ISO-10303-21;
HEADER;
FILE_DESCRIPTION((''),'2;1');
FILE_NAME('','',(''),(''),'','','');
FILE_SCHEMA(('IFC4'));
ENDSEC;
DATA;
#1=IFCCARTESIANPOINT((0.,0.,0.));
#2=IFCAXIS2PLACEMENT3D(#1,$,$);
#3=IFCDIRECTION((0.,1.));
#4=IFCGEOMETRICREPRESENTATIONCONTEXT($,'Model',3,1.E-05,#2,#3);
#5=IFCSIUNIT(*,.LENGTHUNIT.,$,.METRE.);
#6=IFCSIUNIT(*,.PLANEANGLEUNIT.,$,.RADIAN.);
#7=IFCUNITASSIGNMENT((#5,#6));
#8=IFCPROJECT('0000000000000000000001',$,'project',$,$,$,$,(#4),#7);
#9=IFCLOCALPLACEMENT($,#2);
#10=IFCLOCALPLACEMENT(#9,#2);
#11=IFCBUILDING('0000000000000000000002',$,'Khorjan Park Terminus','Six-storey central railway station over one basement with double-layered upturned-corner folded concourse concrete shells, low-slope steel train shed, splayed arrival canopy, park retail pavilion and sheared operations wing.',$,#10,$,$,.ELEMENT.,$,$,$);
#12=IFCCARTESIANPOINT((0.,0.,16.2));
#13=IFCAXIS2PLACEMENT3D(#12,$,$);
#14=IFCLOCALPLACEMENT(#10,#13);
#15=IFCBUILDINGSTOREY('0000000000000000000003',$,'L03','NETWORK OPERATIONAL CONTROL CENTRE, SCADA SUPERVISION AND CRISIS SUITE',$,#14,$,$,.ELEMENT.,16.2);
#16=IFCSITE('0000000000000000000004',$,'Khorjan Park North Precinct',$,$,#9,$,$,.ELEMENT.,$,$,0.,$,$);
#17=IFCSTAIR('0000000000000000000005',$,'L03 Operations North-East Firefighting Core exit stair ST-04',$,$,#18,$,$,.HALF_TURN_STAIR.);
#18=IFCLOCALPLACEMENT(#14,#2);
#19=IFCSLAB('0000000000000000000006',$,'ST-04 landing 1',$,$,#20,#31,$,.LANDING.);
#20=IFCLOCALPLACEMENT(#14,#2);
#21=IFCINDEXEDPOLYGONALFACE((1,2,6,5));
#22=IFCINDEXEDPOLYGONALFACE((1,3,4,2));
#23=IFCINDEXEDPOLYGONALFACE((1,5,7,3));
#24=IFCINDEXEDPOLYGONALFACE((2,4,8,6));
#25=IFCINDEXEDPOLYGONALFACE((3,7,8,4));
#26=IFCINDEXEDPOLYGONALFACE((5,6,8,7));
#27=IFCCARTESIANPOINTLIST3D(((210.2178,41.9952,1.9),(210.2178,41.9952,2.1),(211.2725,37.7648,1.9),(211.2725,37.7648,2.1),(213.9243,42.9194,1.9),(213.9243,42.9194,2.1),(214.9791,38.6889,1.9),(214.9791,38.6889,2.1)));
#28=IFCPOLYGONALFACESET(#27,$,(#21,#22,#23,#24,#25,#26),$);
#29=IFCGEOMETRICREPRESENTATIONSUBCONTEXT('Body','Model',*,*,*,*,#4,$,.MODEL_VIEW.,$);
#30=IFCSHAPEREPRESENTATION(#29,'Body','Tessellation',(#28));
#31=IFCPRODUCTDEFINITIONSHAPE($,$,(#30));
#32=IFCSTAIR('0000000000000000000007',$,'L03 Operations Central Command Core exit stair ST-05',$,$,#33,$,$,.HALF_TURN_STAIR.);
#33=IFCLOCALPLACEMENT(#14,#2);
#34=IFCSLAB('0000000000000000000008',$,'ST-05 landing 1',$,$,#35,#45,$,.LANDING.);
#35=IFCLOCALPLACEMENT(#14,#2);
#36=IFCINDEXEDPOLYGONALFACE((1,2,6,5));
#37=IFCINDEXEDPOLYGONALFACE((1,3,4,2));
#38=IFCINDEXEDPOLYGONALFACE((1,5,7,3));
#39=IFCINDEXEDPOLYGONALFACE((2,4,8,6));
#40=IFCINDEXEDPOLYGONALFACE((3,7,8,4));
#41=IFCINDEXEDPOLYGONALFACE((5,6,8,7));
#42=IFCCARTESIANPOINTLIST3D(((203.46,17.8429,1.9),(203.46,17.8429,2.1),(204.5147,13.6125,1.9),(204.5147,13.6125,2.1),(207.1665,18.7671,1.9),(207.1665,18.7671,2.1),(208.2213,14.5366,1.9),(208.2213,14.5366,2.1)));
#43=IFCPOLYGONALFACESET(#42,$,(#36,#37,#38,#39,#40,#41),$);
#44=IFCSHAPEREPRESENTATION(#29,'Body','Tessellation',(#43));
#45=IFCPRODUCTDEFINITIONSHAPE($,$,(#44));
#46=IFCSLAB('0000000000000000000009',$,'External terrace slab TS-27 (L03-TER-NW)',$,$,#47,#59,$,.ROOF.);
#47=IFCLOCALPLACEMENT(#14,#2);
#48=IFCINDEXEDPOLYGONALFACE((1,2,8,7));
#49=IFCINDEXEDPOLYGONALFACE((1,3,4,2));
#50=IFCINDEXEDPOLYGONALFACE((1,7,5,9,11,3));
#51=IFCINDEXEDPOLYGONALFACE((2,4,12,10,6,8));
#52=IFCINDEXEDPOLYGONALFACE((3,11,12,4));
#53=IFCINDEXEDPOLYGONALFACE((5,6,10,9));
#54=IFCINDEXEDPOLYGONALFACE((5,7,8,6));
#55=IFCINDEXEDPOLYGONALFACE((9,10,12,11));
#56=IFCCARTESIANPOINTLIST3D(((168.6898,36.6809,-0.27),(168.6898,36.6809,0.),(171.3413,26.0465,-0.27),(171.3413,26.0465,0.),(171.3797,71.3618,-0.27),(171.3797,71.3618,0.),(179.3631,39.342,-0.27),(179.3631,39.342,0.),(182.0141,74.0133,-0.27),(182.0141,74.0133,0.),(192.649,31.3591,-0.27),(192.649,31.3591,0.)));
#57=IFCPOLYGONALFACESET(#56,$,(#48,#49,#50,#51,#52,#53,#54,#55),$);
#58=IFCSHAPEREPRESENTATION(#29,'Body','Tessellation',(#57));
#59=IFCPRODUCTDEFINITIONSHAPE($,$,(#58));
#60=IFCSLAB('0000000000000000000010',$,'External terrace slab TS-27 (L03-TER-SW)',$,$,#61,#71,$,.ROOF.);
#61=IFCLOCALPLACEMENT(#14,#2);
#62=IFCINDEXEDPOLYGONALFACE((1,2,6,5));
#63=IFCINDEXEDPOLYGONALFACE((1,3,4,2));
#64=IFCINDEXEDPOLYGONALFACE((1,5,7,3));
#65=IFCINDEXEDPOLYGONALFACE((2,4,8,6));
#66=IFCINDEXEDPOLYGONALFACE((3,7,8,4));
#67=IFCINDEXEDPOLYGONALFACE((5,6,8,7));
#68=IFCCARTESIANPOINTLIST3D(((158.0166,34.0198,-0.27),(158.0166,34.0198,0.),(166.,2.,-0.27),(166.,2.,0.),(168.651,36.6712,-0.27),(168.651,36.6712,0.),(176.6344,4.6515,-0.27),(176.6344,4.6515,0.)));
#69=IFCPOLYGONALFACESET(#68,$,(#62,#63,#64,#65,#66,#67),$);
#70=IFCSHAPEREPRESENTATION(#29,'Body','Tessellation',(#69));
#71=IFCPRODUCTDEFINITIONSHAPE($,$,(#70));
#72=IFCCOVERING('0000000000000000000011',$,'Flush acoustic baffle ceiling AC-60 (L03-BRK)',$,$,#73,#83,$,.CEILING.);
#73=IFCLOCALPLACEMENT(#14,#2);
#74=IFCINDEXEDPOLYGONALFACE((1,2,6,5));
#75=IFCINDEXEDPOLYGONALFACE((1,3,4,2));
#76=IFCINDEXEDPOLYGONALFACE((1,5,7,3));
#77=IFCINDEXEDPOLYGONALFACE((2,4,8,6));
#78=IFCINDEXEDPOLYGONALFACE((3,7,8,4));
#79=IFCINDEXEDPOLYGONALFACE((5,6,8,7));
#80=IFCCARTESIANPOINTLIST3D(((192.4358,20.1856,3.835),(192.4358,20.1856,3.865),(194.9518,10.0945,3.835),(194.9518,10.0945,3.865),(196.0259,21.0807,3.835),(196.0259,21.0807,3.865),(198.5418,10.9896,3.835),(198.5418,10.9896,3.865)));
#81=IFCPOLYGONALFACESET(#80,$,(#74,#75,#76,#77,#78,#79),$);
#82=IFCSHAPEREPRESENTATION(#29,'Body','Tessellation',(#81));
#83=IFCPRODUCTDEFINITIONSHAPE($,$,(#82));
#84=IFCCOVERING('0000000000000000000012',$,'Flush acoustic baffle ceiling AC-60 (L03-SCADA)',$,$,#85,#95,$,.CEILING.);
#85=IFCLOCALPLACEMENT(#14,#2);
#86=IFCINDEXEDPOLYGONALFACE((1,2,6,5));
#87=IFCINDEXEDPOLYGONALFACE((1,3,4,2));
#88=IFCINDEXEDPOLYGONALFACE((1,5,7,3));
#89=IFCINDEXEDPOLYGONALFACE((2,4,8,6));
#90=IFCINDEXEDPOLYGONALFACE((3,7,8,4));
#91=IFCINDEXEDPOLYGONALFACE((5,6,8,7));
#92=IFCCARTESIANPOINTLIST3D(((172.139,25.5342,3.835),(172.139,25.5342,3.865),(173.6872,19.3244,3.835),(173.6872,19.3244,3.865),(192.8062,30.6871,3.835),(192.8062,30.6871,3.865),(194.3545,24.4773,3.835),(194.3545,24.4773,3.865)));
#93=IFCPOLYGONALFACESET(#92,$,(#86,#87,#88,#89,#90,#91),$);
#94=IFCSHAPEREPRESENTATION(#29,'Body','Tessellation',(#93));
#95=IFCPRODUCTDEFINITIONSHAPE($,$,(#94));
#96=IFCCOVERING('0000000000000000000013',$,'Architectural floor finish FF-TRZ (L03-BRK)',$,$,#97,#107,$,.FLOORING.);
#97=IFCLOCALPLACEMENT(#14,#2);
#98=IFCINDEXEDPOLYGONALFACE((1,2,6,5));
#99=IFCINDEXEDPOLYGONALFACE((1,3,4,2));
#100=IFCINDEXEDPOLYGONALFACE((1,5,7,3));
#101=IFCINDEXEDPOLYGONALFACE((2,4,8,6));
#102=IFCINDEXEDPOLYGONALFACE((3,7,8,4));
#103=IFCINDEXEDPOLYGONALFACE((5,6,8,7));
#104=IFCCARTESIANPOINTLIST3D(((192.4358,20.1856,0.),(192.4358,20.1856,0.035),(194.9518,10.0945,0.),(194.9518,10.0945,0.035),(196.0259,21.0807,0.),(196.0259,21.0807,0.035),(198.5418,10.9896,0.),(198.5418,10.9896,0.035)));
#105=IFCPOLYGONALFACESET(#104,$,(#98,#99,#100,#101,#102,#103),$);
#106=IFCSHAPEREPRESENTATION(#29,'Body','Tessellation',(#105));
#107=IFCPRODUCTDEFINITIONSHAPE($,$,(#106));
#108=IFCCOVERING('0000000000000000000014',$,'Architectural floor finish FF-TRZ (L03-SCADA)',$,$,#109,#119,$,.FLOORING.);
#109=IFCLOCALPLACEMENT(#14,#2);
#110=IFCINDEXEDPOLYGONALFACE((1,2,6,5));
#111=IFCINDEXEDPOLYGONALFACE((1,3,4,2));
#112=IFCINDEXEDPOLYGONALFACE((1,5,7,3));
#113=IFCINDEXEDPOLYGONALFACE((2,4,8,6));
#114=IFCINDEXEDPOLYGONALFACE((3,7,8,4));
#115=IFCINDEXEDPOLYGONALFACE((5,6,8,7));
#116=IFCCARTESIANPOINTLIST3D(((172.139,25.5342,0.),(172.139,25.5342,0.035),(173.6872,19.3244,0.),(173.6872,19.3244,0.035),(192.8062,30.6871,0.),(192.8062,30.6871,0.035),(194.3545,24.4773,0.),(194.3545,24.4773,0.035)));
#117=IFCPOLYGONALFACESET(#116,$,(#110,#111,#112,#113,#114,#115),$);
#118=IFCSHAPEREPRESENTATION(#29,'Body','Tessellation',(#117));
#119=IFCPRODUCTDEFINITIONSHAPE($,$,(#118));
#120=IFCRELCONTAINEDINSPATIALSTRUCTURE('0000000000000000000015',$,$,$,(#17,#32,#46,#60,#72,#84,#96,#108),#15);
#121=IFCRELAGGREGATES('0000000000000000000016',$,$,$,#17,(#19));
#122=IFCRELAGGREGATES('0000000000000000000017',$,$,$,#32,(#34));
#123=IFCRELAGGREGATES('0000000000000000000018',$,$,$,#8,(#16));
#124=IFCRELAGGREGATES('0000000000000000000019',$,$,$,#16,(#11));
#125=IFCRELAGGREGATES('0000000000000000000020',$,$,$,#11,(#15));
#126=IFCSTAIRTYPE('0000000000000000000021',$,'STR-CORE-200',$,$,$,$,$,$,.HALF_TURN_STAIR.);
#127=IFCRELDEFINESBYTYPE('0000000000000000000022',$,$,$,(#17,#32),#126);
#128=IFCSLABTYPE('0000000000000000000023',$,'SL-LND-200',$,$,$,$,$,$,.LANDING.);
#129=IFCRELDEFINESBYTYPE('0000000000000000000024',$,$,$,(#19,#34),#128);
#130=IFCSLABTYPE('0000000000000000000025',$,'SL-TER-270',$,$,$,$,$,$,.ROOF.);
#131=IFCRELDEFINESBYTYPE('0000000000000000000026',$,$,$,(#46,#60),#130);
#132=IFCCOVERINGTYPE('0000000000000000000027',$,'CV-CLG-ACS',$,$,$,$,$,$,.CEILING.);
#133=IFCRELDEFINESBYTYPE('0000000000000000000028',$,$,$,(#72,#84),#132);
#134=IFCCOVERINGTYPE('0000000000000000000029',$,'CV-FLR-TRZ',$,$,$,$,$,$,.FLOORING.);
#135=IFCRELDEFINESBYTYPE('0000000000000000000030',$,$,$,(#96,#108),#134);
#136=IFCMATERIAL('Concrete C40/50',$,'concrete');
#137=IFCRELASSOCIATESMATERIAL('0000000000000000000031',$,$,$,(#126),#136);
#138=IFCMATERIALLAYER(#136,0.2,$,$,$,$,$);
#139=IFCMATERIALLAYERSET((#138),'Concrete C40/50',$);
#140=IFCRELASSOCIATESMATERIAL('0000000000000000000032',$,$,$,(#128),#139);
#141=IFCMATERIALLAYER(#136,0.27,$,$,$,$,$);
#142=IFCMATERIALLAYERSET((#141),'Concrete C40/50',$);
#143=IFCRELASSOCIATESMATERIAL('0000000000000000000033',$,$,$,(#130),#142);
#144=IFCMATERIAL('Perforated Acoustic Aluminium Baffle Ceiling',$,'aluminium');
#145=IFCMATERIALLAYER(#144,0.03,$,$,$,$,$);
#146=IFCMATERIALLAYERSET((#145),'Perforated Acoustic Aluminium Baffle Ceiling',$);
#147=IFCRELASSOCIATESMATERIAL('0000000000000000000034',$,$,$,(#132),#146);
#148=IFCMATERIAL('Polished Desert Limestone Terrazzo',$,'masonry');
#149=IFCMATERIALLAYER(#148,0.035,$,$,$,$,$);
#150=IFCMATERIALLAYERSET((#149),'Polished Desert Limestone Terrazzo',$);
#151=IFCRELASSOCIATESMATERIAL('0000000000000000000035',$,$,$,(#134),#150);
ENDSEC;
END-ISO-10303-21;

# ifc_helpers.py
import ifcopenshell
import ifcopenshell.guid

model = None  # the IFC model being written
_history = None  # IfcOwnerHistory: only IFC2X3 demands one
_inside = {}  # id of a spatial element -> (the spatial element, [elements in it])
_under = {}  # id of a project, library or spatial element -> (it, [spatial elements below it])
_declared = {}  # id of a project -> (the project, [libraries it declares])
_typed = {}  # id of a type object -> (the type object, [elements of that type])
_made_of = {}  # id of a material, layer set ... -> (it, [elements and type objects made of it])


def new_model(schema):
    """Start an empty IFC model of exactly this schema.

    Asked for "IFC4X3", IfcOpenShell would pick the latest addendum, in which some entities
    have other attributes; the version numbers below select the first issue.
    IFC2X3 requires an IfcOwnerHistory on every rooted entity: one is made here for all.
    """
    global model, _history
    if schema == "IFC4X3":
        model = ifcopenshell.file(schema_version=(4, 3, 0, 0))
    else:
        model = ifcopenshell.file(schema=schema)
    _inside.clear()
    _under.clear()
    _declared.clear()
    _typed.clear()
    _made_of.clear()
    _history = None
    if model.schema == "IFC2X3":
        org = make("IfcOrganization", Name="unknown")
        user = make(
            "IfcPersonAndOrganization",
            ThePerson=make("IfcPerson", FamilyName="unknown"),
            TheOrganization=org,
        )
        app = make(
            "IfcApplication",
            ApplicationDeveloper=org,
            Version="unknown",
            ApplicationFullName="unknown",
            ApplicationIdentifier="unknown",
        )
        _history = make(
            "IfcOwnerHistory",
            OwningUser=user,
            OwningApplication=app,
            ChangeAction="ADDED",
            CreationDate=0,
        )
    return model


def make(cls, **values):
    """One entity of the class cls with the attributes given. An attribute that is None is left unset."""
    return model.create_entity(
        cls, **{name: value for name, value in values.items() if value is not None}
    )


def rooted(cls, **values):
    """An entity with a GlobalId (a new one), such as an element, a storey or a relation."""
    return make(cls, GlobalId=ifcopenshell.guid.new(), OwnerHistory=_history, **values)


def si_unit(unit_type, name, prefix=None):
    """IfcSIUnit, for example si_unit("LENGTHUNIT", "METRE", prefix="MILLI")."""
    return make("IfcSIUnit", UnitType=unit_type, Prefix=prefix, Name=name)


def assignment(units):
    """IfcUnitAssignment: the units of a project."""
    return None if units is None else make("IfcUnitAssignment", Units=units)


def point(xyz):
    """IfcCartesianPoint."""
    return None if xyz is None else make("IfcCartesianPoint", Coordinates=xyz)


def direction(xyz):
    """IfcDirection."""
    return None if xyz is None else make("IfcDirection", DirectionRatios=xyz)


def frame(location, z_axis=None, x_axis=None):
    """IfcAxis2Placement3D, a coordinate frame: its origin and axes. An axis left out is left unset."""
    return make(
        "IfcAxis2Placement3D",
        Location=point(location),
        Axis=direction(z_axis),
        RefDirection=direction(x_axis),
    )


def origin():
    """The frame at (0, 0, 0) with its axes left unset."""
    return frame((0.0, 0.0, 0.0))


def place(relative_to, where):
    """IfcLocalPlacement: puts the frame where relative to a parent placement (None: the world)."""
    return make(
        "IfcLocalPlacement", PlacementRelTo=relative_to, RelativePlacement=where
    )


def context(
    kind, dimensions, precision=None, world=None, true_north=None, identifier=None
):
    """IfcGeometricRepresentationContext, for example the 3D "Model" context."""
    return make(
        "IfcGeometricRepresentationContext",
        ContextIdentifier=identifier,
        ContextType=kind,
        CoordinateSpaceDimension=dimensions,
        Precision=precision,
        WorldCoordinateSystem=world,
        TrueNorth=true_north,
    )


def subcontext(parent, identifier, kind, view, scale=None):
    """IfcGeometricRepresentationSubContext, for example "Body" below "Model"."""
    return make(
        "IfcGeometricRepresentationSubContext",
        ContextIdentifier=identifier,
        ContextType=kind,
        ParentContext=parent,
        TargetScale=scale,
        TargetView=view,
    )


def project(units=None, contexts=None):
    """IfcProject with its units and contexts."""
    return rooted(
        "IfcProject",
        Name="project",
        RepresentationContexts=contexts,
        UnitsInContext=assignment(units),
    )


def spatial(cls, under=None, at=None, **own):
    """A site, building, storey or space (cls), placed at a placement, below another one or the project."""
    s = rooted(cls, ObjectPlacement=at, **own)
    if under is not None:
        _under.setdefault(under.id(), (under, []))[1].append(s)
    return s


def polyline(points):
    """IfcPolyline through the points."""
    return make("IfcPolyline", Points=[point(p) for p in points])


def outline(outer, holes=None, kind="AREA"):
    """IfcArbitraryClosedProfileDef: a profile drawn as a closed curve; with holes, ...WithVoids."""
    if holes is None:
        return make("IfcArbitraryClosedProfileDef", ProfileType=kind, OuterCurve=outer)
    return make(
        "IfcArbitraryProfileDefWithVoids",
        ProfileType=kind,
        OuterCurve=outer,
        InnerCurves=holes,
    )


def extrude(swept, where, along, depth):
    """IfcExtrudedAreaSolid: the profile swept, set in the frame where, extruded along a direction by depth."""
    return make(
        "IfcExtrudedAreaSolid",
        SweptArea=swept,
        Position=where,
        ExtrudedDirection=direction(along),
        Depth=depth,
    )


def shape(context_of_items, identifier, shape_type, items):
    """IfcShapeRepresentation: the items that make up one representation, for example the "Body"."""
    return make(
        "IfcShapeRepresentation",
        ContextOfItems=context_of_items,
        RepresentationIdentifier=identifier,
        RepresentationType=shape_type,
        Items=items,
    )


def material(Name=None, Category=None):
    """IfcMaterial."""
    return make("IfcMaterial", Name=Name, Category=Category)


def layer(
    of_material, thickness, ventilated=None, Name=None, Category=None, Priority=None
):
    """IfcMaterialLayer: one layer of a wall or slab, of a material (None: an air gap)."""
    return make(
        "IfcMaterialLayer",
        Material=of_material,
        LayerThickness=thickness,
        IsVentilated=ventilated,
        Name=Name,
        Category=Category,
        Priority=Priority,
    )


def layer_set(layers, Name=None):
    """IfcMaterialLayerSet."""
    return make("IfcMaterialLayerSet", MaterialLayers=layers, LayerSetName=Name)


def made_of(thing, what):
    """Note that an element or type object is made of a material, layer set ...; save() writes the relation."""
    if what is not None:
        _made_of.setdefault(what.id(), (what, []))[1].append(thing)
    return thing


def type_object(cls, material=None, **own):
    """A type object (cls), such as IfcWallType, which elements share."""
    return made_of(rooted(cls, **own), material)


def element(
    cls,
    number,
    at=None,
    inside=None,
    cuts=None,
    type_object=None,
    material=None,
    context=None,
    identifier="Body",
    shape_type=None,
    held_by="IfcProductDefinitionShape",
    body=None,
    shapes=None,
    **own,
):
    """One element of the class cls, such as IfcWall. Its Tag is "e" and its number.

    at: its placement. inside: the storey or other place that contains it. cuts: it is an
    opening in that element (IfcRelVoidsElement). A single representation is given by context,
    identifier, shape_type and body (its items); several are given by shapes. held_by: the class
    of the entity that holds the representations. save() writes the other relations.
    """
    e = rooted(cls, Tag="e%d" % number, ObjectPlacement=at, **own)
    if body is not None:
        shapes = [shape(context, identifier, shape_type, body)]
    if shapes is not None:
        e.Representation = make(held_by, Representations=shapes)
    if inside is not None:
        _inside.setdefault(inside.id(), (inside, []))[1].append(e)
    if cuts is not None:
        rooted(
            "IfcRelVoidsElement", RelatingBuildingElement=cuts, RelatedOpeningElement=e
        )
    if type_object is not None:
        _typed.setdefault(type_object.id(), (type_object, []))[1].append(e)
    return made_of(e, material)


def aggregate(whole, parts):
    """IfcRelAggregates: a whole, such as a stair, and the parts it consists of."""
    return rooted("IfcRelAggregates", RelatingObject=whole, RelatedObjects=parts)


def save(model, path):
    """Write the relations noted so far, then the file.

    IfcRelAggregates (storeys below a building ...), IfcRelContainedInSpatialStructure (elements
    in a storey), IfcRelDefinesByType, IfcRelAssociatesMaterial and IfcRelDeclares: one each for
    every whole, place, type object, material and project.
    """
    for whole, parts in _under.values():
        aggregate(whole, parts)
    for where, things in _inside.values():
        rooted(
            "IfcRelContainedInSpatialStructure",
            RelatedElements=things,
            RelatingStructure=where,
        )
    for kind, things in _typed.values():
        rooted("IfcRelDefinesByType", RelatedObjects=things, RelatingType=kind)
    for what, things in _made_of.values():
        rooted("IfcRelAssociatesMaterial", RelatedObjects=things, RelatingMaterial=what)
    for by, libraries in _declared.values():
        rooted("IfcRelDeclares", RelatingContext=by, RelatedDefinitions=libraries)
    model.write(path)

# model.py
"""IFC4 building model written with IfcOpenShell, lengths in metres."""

from ifc_helpers import new_model, si_unit, direction, frame, origin, place, context, subcontext, project, spatial, polyline, outline, extrude, material, layer, layer_set, type_object, element, aggregate, save


model = new_model("IFC4")

# Units and contexts
model_context = context("Model", 3, precision=1e-05, world=origin(), true_north=direction((0.0, 1.0)))
body_context = subcontext(model_context, "Body", "Model", "MODEL_VIEW")
ifc_project = project(units=[si_unit("LENGTHUNIT", "METRE"), si_unit("PLANEANGLEUNIT", "RADIAN")], contexts=[model_context])

# Site, building, storey
site_placement = place(None, origin())
site = spatial("IfcSite", under=ifc_project, at=site_placement, Name="Khorjan Park North Precinct", CompositionType="ELEMENT", RefElevation=0.0)
building_placement = place(site_placement, origin())
building = spatial("IfcBuilding", under=site, at=building_placement, Name="Khorjan Park Terminus", Description="Six-storey central railway station over one basement with double-layered upturned-corner folded concourse concrete shells, low-slope steel train shed, splayed arrival canopy, park retail pavilion and sheared operations wing.", CompositionType="ELEMENT")
storey_placement = place(building_placement, frame((0.0, 0.0, 16.2)))
storey = spatial("IfcBuildingStorey", under=building, at=storey_placement, Name="L03", Description="NETWORK OPERATIONAL CONTROL CENTRE, SCADA SUPERVISION AND CRISIS SUITE", CompositionType="ELEMENT", Elevation=16.2)

# Shared definitions
ifc_material_1 = material(Name="Concrete C40/50", Category="concrete")

# Stairs, slabs
stair_type = type_object("IfcStairType", Name="STR-CORE-200", PredefinedType="HALF_TURN_STAIR", material=ifc_material_1)
ifc_layer_1 = layer(ifc_material_1, 0.2)
ifc_layer_set_1 = layer_set([ifc_layer_1], Name="Concrete C40/50")
slab_type_1 = type_object("IfcSlabType", Name="SL-LND-200", PredefinedType="LANDING", material=ifc_layer_set_1)
stair_1_placement = place(storey_placement, origin())
stair_1 = element("IfcStair", 1, at=stair_1_placement, inside=storey, type_object=stair_type, Name="L03 Operations North-East Firefighting Core exit stair ST-04", PredefinedType="HALF_TURN_STAIR")
slab_1_placement = place(storey_placement, frame((0.0, 0.0, 1.9)))
slab_1 = element("IfcSlab", 2, at=slab_1_placement, type_object=slab_type_1, Name="ST-04 landing 1", PredefinedType="LANDING", context=body_context, shape_type="SweptSolid", body=[
    extrude(outline(polyline([(211.2725, 37.7648), (214.9791, 38.6889), (213.9243, 42.9194), (210.2178, 41.9952), (211.2725, 37.7648)])), origin(), (0.0, 0.0, 1.0), 0.2),
])
aggregate(stair_1, [slab_1])
stair_2_placement = place(storey_placement, origin())
stair_2 = element("IfcStair", 3, at=stair_2_placement, inside=storey, type_object=stair_type, Name="L03 Operations Central Command Core exit stair ST-05", PredefinedType="HALF_TURN_STAIR")
slab_2_placement = place(storey_placement, frame((0.0, 0.0, 1.9)))
slab_2 = element("IfcSlab", 4, at=slab_2_placement, type_object=slab_type_1, Name="ST-05 landing 1", PredefinedType="LANDING", context=body_context, shape_type="SweptSolid", body=[
    extrude(outline(polyline([(204.5147, 13.6125), (208.2213, 14.5366), (207.1665, 18.7671), (203.46, 17.8429), (204.5147, 13.6125)])), origin(), (0.0, 0.0, 1.0), 0.2),
])
aggregate(stair_2, [slab_2])

# Slabs
ifc_layer_2 = layer(ifc_material_1, 0.27)
ifc_layer_set_2 = layer_set([ifc_layer_2], Name="Concrete C40/50")
slab_type_2 = type_object("IfcSlabType", Name="SL-TER-270", PredefinedType="ROOF", material=ifc_layer_set_2)
slab_3_placement = place(storey_placement, frame((0.0, 0.0, -0.27)))
element("IfcSlab", 5, at=slab_3_placement, inside=storey, type_object=slab_type_2, Name="External terrace slab TS-27 (L03-TER-NW)", PredefinedType="ROOF", context=body_context, shape_type="SweptSolid", body=[
    extrude(outline(polyline([(171.3413, 26.0465), (192.649, 31.3591), (182.0141, 74.0133), (171.3797, 71.3618), (179.3631, 39.342), (168.6898, 36.6809), (171.3413, 26.0465)])), origin(), (0.0, 0.0, 1.0), 0.27),
])
slab_4_placement = place(storey_placement, frame((0.0, 0.0, -0.27)))
element("IfcSlab", 6, at=slab_4_placement, inside=storey, type_object=slab_type_2, Name="External terrace slab TS-27 (L03-TER-SW)", PredefinedType="ROOF", context=body_context, shape_type="SweptSolid", body=[
    extrude(outline(polyline([(166.0, 2.0), (176.6344, 4.6515), (168.651, 36.6712), (158.0166, 34.0198), (166.0, 2.0)])), origin(), (0.0, 0.0, 1.0), 0.27),
])

# Coverings
ifc_material_2 = material(Name="Perforated Acoustic Aluminium Baffle Ceiling", Category="aluminium")
ifc_layer_3 = layer(ifc_material_2, 0.03)
ifc_layer_set_3 = layer_set([ifc_layer_3], Name="Perforated Acoustic Aluminium Baffle Ceiling")
covering_type_1 = type_object("IfcCoveringType", Name="CV-CLG-ACS", PredefinedType="CEILING", material=ifc_layer_set_3)
covering_1_placement = place(storey_placement, frame((0.0, 0.0, 3.835)))
element("IfcCovering", 7, at=covering_1_placement, inside=storey, type_object=covering_type_1, Name="Flush acoustic baffle ceiling AC-60 (L03-BRK)", PredefinedType="CEILING", context=body_context, shape_type="SweptSolid", body=[
    extrude(outline(polyline([(198.5418, 10.9896), (194.9518, 10.0945), (192.4358, 20.1856), (196.0259, 21.0807), (198.5418, 10.9896)])), origin(), (0.0, 0.0, 1.0), 0.03),
])
covering_2_placement = place(storey_placement, frame((0.0, 0.0, 3.835)))
element("IfcCovering", 8, at=covering_2_placement, inside=storey, type_object=covering_type_1, Name="Flush acoustic baffle ceiling AC-60 (L03-SCADA)", PredefinedType="CEILING", context=body_context, shape_type="SweptSolid", body=[
    extrude(outline(polyline([(194.3545, 24.4773), (173.6872, 19.3244), (172.139, 25.5342), (192.8062, 30.6871), (194.3545, 24.4773)])), origin(), (0.0, 0.0, 1.0), 0.03),
])
ifc_material_3 = material(Name="Polished Desert Limestone Terrazzo", Category="masonry")
ifc_layer_4 = layer(ifc_material_3, 0.035)
ifc_layer_set_4 = layer_set([ifc_layer_4], Name="Polished Desert Limestone Terrazzo")
covering_type_2 = type_object("IfcCoveringType", Name="CV-FLR-TRZ", PredefinedType="FLOORING", material=ifc_layer_set_4)
covering_3_placement = place(storey_placement, origin())
element("IfcCovering", 9, at=covering_3_placement, inside=storey, type_object=covering_type_2, Name="Architectural floor finish FF-TRZ (L03-BRK)", PredefinedType="FLOORING", context=body_context, shape_type="SweptSolid", body=[
    extrude(outline(polyline([(198.5418, 10.9896), (194.9518, 10.0945), (192.4358, 20.1856), (196.0259, 21.0807), (198.5418, 10.9896)])), origin(), (0.0, 0.0, 1.0), 0.035),
])
covering_4_placement = place(storey_placement, origin())
element("IfcCovering", 10, at=covering_4_placement, inside=storey, type_object=covering_type_2, Name="Architectural floor finish FF-TRZ (L03-SCADA)", PredefinedType="FLOORING", context=body_context, shape_type="SweptSolid", body=[
    extrude(outline(polyline([(194.3545, 24.4773), (173.6872, 19.3244), (172.139, 25.5342), (192.8062, 30.6871), (194.3545, 24.4773)])), origin(), (0.0, 0.0, 1.0), 0.035),
])

save(model, "model.ifc")
